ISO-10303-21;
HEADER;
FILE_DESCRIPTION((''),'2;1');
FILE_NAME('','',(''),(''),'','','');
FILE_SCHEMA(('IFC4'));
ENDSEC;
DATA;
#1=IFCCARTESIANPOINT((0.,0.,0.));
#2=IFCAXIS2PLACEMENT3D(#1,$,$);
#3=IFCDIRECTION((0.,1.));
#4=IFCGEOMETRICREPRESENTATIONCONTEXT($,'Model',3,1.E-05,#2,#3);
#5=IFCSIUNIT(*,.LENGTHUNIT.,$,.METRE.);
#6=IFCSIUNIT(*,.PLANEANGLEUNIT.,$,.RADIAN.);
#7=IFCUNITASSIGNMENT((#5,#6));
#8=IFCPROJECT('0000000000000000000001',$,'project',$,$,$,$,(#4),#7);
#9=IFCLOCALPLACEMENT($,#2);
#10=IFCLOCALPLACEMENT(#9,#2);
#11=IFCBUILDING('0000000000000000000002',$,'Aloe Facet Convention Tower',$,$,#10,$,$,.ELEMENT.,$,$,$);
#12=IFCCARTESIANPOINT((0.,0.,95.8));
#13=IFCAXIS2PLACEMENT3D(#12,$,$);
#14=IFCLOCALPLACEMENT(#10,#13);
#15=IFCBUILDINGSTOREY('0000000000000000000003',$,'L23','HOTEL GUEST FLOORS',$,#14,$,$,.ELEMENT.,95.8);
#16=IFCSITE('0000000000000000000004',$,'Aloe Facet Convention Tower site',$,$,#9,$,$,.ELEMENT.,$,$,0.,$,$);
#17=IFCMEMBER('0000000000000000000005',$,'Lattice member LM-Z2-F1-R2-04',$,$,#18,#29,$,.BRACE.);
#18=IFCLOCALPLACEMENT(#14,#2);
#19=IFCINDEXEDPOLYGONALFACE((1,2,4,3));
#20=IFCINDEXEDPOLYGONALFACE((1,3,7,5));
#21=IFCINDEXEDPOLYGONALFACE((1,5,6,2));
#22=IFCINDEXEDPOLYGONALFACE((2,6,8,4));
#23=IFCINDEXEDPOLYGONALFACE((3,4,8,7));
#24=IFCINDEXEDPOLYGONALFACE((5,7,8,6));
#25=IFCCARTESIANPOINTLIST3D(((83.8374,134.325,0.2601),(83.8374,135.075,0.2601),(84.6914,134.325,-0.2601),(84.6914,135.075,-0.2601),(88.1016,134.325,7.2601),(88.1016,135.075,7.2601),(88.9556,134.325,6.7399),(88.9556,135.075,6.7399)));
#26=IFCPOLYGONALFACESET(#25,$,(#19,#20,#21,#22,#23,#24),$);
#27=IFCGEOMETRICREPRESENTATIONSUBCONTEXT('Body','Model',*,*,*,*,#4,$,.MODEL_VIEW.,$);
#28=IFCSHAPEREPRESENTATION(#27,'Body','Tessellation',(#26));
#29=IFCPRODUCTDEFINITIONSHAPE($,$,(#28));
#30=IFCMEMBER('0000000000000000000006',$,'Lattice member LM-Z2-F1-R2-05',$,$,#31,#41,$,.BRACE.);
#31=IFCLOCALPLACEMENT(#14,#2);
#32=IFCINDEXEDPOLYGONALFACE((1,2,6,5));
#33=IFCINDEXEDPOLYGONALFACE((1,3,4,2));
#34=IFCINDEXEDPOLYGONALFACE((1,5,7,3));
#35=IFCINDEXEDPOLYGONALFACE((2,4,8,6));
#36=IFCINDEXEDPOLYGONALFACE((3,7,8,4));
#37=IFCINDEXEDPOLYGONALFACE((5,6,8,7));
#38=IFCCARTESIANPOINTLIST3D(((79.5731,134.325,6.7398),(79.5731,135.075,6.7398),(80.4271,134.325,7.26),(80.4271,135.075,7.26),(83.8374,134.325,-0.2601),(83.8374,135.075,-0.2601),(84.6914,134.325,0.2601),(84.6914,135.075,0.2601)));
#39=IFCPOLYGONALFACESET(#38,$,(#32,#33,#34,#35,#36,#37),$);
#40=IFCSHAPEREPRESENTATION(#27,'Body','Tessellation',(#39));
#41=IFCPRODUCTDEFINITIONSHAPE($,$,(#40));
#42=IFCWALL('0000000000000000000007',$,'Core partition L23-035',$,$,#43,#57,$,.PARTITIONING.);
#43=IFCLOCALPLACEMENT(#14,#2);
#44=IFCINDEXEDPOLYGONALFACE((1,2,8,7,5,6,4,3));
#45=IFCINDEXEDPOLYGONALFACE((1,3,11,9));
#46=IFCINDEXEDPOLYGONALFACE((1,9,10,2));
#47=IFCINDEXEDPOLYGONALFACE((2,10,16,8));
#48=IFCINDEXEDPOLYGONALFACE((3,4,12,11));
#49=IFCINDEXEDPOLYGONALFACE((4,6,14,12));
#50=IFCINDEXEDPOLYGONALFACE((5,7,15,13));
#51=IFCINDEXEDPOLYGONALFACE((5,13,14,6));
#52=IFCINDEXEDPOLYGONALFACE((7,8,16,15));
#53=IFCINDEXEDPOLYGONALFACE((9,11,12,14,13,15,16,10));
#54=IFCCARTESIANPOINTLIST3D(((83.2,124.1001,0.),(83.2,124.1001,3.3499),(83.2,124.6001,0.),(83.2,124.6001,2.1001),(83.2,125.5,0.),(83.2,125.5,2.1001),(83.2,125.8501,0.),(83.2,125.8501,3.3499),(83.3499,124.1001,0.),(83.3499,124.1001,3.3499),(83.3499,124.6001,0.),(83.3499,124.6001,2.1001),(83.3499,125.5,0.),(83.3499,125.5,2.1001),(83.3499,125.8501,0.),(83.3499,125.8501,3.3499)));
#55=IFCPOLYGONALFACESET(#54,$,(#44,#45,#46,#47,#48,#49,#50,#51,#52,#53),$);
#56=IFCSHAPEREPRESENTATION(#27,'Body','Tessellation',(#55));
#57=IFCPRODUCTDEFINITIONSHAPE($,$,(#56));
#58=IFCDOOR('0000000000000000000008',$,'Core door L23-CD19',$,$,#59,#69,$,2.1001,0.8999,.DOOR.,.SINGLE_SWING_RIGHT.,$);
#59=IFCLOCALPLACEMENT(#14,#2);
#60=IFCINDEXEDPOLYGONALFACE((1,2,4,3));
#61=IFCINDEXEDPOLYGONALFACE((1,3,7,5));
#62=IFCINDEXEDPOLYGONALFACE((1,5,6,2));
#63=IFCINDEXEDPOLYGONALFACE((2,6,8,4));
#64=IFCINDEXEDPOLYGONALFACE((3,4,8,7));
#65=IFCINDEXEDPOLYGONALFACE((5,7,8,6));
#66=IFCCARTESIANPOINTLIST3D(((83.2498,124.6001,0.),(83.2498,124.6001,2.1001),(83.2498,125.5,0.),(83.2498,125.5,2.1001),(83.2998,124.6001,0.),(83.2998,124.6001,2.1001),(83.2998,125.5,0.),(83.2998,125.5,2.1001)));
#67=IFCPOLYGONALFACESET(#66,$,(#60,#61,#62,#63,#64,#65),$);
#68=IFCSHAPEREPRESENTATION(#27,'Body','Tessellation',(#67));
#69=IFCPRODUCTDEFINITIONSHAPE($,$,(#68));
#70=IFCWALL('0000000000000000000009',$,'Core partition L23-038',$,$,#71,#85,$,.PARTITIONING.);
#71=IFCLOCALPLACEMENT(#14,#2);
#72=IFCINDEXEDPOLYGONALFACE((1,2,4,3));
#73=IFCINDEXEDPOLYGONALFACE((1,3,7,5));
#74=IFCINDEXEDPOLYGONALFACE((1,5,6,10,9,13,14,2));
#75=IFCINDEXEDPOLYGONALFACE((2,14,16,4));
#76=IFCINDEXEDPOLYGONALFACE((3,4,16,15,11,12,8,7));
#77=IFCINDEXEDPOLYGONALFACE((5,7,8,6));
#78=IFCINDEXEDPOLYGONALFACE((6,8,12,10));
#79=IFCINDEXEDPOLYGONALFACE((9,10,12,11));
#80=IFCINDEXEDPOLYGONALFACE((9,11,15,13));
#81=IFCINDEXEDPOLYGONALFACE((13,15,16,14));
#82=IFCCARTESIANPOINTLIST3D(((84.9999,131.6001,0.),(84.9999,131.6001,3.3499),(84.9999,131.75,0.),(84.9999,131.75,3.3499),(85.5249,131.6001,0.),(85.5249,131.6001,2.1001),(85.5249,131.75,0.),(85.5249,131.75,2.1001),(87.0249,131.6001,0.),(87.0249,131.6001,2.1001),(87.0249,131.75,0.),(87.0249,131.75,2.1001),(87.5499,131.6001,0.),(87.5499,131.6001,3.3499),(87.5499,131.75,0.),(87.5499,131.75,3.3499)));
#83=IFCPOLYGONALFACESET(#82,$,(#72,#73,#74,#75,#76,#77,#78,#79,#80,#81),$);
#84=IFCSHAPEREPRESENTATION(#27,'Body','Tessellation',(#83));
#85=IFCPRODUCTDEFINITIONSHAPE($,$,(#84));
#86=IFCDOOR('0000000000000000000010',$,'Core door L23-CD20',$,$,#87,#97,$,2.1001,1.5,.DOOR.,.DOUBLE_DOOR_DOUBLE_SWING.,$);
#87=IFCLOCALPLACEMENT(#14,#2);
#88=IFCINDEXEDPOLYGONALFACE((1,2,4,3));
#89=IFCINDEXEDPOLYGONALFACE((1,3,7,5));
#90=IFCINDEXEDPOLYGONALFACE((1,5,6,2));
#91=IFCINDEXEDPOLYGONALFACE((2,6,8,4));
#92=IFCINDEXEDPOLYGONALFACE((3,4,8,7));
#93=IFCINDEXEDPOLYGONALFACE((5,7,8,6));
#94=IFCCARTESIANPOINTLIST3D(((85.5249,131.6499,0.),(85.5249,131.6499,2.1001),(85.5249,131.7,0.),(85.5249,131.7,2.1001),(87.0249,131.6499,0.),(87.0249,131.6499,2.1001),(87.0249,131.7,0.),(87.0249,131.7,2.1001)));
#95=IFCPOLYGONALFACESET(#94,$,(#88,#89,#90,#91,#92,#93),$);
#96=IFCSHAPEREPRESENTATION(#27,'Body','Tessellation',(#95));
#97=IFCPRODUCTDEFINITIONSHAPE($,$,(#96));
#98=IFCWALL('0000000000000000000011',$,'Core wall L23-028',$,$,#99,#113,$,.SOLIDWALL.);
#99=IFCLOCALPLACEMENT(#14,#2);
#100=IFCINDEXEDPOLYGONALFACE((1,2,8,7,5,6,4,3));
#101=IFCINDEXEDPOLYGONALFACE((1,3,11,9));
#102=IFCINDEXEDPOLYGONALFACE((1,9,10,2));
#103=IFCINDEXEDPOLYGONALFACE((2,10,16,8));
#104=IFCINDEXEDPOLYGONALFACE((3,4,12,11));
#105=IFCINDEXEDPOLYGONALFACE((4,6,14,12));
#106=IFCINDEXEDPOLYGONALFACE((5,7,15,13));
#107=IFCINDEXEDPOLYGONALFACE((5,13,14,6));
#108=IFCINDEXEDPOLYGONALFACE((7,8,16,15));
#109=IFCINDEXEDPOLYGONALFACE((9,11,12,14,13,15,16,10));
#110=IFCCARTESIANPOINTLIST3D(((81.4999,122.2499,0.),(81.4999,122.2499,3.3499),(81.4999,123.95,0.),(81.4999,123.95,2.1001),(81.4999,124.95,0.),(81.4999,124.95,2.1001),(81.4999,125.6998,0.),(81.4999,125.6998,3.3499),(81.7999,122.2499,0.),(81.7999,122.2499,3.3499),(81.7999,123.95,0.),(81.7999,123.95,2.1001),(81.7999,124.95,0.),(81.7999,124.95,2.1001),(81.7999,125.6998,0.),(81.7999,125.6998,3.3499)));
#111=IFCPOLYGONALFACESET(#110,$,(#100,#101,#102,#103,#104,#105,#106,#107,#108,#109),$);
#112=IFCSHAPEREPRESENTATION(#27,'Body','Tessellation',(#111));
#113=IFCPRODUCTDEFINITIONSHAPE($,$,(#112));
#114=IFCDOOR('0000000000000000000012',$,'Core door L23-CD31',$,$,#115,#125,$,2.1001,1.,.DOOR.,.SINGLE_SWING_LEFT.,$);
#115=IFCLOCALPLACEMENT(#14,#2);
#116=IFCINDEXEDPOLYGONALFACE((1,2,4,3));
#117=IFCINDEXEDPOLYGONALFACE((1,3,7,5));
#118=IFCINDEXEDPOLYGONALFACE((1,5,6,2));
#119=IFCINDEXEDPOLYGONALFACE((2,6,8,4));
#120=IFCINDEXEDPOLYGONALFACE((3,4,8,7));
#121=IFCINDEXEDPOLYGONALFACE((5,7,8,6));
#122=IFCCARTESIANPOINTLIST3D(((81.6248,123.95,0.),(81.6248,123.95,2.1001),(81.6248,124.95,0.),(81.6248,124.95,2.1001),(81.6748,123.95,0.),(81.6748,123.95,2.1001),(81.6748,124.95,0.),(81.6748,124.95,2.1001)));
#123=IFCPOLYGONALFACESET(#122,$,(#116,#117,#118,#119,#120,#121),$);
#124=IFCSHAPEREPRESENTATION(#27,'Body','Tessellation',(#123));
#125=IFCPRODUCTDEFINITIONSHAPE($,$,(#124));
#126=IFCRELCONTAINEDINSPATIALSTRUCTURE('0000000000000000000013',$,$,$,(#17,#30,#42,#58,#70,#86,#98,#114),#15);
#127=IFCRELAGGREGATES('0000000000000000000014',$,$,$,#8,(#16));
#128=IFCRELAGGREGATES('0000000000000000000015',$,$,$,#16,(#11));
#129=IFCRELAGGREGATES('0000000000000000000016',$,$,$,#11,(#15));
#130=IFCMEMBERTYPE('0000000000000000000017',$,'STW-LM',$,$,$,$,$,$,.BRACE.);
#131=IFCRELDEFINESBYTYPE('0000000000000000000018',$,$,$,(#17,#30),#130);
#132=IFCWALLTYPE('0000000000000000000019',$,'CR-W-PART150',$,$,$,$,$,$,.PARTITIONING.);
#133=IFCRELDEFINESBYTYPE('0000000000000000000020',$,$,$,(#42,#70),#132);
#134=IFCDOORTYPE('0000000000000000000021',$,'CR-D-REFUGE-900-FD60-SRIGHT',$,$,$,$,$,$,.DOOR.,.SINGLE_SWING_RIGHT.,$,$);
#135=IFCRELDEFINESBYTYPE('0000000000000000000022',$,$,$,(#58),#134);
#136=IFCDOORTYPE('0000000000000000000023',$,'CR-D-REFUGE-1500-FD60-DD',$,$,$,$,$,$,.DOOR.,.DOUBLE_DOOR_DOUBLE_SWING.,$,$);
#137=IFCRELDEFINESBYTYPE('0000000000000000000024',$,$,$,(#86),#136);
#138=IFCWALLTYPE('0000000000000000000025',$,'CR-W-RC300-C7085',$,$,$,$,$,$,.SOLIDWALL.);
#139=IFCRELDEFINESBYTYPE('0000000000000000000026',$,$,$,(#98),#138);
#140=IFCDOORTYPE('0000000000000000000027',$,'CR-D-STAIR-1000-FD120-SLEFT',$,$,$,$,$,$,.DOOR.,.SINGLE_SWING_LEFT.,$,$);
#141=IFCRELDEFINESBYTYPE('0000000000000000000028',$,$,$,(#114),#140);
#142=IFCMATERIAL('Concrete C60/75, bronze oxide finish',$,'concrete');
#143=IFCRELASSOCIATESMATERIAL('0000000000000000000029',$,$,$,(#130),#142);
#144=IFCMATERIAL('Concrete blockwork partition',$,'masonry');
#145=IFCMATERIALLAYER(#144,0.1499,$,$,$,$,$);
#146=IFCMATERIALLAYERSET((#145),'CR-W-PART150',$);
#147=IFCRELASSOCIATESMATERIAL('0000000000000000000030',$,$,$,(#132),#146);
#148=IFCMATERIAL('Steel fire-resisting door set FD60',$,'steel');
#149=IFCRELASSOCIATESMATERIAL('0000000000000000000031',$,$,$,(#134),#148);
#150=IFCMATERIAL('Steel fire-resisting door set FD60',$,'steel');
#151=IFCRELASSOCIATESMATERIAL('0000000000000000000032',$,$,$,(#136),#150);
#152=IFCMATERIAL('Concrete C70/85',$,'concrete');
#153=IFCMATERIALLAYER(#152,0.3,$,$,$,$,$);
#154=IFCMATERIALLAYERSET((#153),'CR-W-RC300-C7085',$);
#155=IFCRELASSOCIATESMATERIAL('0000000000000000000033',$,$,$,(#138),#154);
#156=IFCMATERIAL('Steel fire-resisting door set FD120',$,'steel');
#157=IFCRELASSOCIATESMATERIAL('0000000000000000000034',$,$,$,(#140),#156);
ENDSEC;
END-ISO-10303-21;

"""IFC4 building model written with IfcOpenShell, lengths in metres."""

from ifc_helpers import new_model, si_unit, direction, frame, frame_2d, origin, origin_2d, place, context, subcontext, project, spatial, rectangle, extrude, material, layer, layer_set, material_profile, profile_set, type_object, element, fill, save


model = new_model("IFC4")

# Units and contexts
model_context = context("Model", 3, precision=1e-05, world=origin(), true_north=direction((0.0, 1.0)))
body_context = subcontext(model_context, "Body", "Model", "MODEL_VIEW")
ifc_project = project(units=[si_unit("LENGTHUNIT", "METRE"), si_unit("PLANEANGLEUNIT", "RADIAN")], contexts=[model_context])

# Site, building, storey
site_placement = place(None, origin())
site = spatial("IfcSite", under=ifc_project, at=site_placement, Name="Aloe Facet Convention Tower site", CompositionType="ELEMENT", RefElevation=0.0)
building_placement = place(site_placement, origin())
building = spatial("IfcBuilding", under=site, at=building_placement, Name="Aloe Facet Convention Tower", CompositionType="ELEMENT")
storey_placement = place(building_placement, frame((0.0, 0.0, 95.8)))
storey = spatial("IfcBuildingStorey", under=building, at=storey_placement, Name="L23", Description="HOTEL GUEST FLOORS", CompositionType="ELEMENT", Elevation=95.8)

# Members
ifc_material_1 = material(Name="Concrete C60/75, bronze oxide finish", Category="concrete")
ifc_material_profile = material_profile(ifc_material_1, rectangle(XDim=0.75, YDim=1.0, at=origin_2d()), Name="STW-LM")
ifc_profile_set = profile_set([ifc_material_profile], Name="Concrete C60/75, bronze oxide finish")
member_type = type_object("IfcMemberType", Name="STW-LM", PredefinedType="BRACE", material=ifc_profile_set)
for number, where, z_axis, x_axis, name in (
    (1, (84.2644, 134.7, 0.0), (0.52024, 0.0, 0.85402), (0.0, 1.0, 0.0), "Lattice member LM-Z2-F1-R2-04"),
    (2, (84.2644, 134.7, 0.0), (-0.520262, 0.0, 0.854007), (0.0, -1.0, 0.0), "Lattice member LM-Z2-F1-R2-05"),
):
    element("IfcMember", number, at=place(storey_placement, frame(where, z_axis=z_axis, x_axis=x_axis)), inside=storey, type_object=member_type, Name=name, PredefinedType="BRACE", context=body_context, shape_type="SweptSolid", body=[
        extrude(rectangle(XDim=0.75, YDim=1.0, at=origin_2d()), origin(), (0.0, 0.0, 1.0), 8.1965),
    ])

# Walls, openings, doors
ifc_material_2 = material(Name="Concrete blockwork partition", Category="masonry")
ifc_layer_1 = layer(ifc_material_2, 0.1499)
ifc_layer_set_1 = layer_set([ifc_layer_1], Name="CR-W-PART150")
wall_type_1 = type_object("IfcWallType", Name="CR-W-PART150", PredefinedType="PARTITIONING", material=ifc_layer_set_1)
wall_1_placement = place(storey_placement, frame((83.2749, 125.8501, 0.0), z_axis=(0.0, 0.0, 1.0), x_axis=(0.0, -1.0, 0.0)))
wall_1 = element("IfcWall", 3, at=wall_1_placement, inside=storey, type_object=wall_type_1, Name="Core partition L23-035", PredefinedType="PARTITIONING", context=body_context, shape_type="SweptSolid", body=[
    extrude(rectangle(XDim=1.75, YDim=0.1499, at=frame_2d((0.875, 0.0))), origin(), (0.0, 0.0, 1.0), 3.3499),
])
opening_1_placement = place(wall_1_placement, frame((0.3501, 0.0, 0.0)))
opening_1 = element("IfcOpeningElement", 4, at=opening_1_placement, cuts=wall_1, PredefinedType="OPENING", context=body_context, shape_type="SweptSolid", body=[
    extrude(rectangle(XDim=0.8999, YDim=2.1001, at=frame_2d((0.45, 1.05))), frame((0.0, 0.085, 0.0), z_axis=(0.0, -1.0, 0.0), x_axis=(1.0, 0.0, 0.0)), (0.0, 0.0, 1.0), 0.1699),
])
ifc_material_3 = material(Name="Steel fire-resisting door set FD60", Category="steel")
door_type_1 = type_object("IfcDoorType", Name="CR-D-REFUGE-900-FD60-SRIGHT", OperationType="SINGLE_SWING_RIGHT", PredefinedType="DOOR", material=ifc_material_3)
door_1_placement = place(opening_1_placement, origin())
door_1 = element("IfcDoor", 5, at=door_1_placement, inside=storey, type_object=door_type_1, Name="Core door L23-CD19", OperationType="SINGLE_SWING_RIGHT", OverallHeight=2.1001, OverallWidth=0.8999, PredefinedType="DOOR", context=body_context, shape_type="SweptSolid", body=[
    extrude(rectangle(XDim=0.8999, YDim=2.1001, at=frame_2d((0.45, 1.05))), frame((0.0, 0.0249, 0.0), z_axis=(0.0, -1.0, 0.0), x_axis=(1.0, 0.0, 0.0)), (0.0, 0.0, 1.0), 0.05),
])
fill(opening_1, door_1)
wall_2_placement = place(storey_placement, frame((85.0, 131.675, 0.0), z_axis=(0.0, 0.0, 1.0), x_axis=(1.0, 0.0, 0.0)))
wall_2 = element("IfcWall", 6, at=wall_2_placement, inside=storey, type_object=wall_type_1, Name="Core partition L23-038", PredefinedType="PARTITIONING", context=body_context, shape_type="SweptSolid", body=[
    extrude(rectangle(XDim=2.55, YDim=0.1499, at=frame_2d((1.2749, 0.0))), origin(), (0.0, 0.0, 1.0), 3.3499),
])
opening_2_placement = place(wall_2_placement, frame((0.5249, 0.0, 0.0)))
opening_2 = element("IfcOpeningElement", 7, at=opening_2_placement, cuts=wall_2, PredefinedType="OPENING", context=body_context, shape_type="SweptSolid", body=[
    extrude(rectangle(XDim=1.5, YDim=2.1001, at=frame_2d((0.75, 1.05))), frame((0.0, 0.085, 0.0), z_axis=(0.0, -1.0, 0.0), x_axis=(1.0, 0.0, 0.0)), (0.0, 0.0, 1.0), 0.1699),
])
ifc_material_4 = material(Name="Steel fire-resisting door set FD60", Category="steel")
door_type_2 = type_object("IfcDoorType", Name="CR-D-REFUGE-1500-FD60-DD", OperationType="DOUBLE_DOOR_DOUBLE_SWING", PredefinedType="DOOR", material=ifc_material_4)
door_2_placement = place(opening_2_placement, origin())
door_2 = element("IfcDoor", 8, at=door_2_placement, inside=storey, type_object=door_type_2, Name="Core door L23-CD20", OperationType="DOUBLE_DOOR_DOUBLE_SWING", OverallHeight=2.1001, OverallWidth=1.5, PredefinedType="DOOR", context=body_context, shape_type="SweptSolid", body=[
    extrude(rectangle(XDim=1.5, YDim=2.1001, at=frame_2d((0.75, 1.05))), frame((0.0, 0.0249, 0.0), z_axis=(0.0, -1.0, 0.0), x_axis=(1.0, 0.0, 0.0)), (0.0, 0.0, 1.0), 0.05),
])
fill(opening_2, door_2)
ifc_material_5 = material(Name="Concrete C70/85", Category="concrete")
ifc_layer_2 = layer(ifc_material_5, 0.3)
ifc_layer_set_2 = layer_set([ifc_layer_2], Name="CR-W-RC300-C7085")
wall_type_2 = type_object("IfcWallType", Name="CR-W-RC300-C7085", PredefinedType="SOLIDWALL", material=ifc_layer_set_2)
wall_3_placement = place(storey_placement, frame((81.6499, 125.7, 0.0), z_axis=(0.0, 0.0, 1.0), x_axis=(0.0, -1.0, 0.0)))
wall_3 = element("IfcWall", 9, at=wall_3_placement, inside=storey, type_object=wall_type_2, Name="Core wall L23-028", PredefinedType="SOLIDWALL", context=body_context, shape_type="SweptSolid", body=[
    extrude(rectangle(XDim=3.45, YDim=0.3, at=frame_2d((1.7251, 0.0))), origin(), (0.0, 0.0, 1.0), 3.3499),
])
opening_3_placement = place(wall_3_placement, frame((0.75, 0.0, 0.0)))
opening_3 = element("IfcOpeningElement", 10, at=opening_3_placement, cuts=wall_3, PredefinedType="OPENING", context=body_context, shape_type="SweptSolid", body=[
    extrude(rectangle(XDim=1.0, YDim=2.1001, at=frame_2d((0.5, 1.05))), frame((0.0, 0.1602, 0.0), z_axis=(0.0, -1.0, 0.0), x_axis=(1.0, 0.0, 0.0)), (0.0, 0.0, 1.0), 0.3201),
])
ifc_material_6 = material(Name="Steel fire-resisting door set FD120", Category="steel")
door_type_3 = type_object("IfcDoorType", Name="CR-D-STAIR-1000-FD120-SLEFT", OperationType="SINGLE_SWING_LEFT", PredefinedType="DOOR", material=ifc_material_6)
door_3_placement = place(opening_3_placement, origin())
door_3 = element("IfcDoor", 11, at=door_3_placement, inside=storey, type_object=door_type_3, Name="Core door L23-CD31", OperationType="SINGLE_SWING_LEFT", OverallHeight=2.1001, OverallWidth=1.0, PredefinedType="DOOR", context=body_context, shape_type="SweptSolid", body=[
    extrude(rectangle(XDim=1.0, YDim=2.1001, at=frame_2d((0.5, 1.05))), frame((0.0, 0.0249, 0.0), z_axis=(0.0, -1.0, 0.0), x_axis=(1.0, 0.0, 0.0)), (0.0, 0.0, 1.0), 0.05),
])
fill(opening_3, door_3)

save(model, "model.ifc")
